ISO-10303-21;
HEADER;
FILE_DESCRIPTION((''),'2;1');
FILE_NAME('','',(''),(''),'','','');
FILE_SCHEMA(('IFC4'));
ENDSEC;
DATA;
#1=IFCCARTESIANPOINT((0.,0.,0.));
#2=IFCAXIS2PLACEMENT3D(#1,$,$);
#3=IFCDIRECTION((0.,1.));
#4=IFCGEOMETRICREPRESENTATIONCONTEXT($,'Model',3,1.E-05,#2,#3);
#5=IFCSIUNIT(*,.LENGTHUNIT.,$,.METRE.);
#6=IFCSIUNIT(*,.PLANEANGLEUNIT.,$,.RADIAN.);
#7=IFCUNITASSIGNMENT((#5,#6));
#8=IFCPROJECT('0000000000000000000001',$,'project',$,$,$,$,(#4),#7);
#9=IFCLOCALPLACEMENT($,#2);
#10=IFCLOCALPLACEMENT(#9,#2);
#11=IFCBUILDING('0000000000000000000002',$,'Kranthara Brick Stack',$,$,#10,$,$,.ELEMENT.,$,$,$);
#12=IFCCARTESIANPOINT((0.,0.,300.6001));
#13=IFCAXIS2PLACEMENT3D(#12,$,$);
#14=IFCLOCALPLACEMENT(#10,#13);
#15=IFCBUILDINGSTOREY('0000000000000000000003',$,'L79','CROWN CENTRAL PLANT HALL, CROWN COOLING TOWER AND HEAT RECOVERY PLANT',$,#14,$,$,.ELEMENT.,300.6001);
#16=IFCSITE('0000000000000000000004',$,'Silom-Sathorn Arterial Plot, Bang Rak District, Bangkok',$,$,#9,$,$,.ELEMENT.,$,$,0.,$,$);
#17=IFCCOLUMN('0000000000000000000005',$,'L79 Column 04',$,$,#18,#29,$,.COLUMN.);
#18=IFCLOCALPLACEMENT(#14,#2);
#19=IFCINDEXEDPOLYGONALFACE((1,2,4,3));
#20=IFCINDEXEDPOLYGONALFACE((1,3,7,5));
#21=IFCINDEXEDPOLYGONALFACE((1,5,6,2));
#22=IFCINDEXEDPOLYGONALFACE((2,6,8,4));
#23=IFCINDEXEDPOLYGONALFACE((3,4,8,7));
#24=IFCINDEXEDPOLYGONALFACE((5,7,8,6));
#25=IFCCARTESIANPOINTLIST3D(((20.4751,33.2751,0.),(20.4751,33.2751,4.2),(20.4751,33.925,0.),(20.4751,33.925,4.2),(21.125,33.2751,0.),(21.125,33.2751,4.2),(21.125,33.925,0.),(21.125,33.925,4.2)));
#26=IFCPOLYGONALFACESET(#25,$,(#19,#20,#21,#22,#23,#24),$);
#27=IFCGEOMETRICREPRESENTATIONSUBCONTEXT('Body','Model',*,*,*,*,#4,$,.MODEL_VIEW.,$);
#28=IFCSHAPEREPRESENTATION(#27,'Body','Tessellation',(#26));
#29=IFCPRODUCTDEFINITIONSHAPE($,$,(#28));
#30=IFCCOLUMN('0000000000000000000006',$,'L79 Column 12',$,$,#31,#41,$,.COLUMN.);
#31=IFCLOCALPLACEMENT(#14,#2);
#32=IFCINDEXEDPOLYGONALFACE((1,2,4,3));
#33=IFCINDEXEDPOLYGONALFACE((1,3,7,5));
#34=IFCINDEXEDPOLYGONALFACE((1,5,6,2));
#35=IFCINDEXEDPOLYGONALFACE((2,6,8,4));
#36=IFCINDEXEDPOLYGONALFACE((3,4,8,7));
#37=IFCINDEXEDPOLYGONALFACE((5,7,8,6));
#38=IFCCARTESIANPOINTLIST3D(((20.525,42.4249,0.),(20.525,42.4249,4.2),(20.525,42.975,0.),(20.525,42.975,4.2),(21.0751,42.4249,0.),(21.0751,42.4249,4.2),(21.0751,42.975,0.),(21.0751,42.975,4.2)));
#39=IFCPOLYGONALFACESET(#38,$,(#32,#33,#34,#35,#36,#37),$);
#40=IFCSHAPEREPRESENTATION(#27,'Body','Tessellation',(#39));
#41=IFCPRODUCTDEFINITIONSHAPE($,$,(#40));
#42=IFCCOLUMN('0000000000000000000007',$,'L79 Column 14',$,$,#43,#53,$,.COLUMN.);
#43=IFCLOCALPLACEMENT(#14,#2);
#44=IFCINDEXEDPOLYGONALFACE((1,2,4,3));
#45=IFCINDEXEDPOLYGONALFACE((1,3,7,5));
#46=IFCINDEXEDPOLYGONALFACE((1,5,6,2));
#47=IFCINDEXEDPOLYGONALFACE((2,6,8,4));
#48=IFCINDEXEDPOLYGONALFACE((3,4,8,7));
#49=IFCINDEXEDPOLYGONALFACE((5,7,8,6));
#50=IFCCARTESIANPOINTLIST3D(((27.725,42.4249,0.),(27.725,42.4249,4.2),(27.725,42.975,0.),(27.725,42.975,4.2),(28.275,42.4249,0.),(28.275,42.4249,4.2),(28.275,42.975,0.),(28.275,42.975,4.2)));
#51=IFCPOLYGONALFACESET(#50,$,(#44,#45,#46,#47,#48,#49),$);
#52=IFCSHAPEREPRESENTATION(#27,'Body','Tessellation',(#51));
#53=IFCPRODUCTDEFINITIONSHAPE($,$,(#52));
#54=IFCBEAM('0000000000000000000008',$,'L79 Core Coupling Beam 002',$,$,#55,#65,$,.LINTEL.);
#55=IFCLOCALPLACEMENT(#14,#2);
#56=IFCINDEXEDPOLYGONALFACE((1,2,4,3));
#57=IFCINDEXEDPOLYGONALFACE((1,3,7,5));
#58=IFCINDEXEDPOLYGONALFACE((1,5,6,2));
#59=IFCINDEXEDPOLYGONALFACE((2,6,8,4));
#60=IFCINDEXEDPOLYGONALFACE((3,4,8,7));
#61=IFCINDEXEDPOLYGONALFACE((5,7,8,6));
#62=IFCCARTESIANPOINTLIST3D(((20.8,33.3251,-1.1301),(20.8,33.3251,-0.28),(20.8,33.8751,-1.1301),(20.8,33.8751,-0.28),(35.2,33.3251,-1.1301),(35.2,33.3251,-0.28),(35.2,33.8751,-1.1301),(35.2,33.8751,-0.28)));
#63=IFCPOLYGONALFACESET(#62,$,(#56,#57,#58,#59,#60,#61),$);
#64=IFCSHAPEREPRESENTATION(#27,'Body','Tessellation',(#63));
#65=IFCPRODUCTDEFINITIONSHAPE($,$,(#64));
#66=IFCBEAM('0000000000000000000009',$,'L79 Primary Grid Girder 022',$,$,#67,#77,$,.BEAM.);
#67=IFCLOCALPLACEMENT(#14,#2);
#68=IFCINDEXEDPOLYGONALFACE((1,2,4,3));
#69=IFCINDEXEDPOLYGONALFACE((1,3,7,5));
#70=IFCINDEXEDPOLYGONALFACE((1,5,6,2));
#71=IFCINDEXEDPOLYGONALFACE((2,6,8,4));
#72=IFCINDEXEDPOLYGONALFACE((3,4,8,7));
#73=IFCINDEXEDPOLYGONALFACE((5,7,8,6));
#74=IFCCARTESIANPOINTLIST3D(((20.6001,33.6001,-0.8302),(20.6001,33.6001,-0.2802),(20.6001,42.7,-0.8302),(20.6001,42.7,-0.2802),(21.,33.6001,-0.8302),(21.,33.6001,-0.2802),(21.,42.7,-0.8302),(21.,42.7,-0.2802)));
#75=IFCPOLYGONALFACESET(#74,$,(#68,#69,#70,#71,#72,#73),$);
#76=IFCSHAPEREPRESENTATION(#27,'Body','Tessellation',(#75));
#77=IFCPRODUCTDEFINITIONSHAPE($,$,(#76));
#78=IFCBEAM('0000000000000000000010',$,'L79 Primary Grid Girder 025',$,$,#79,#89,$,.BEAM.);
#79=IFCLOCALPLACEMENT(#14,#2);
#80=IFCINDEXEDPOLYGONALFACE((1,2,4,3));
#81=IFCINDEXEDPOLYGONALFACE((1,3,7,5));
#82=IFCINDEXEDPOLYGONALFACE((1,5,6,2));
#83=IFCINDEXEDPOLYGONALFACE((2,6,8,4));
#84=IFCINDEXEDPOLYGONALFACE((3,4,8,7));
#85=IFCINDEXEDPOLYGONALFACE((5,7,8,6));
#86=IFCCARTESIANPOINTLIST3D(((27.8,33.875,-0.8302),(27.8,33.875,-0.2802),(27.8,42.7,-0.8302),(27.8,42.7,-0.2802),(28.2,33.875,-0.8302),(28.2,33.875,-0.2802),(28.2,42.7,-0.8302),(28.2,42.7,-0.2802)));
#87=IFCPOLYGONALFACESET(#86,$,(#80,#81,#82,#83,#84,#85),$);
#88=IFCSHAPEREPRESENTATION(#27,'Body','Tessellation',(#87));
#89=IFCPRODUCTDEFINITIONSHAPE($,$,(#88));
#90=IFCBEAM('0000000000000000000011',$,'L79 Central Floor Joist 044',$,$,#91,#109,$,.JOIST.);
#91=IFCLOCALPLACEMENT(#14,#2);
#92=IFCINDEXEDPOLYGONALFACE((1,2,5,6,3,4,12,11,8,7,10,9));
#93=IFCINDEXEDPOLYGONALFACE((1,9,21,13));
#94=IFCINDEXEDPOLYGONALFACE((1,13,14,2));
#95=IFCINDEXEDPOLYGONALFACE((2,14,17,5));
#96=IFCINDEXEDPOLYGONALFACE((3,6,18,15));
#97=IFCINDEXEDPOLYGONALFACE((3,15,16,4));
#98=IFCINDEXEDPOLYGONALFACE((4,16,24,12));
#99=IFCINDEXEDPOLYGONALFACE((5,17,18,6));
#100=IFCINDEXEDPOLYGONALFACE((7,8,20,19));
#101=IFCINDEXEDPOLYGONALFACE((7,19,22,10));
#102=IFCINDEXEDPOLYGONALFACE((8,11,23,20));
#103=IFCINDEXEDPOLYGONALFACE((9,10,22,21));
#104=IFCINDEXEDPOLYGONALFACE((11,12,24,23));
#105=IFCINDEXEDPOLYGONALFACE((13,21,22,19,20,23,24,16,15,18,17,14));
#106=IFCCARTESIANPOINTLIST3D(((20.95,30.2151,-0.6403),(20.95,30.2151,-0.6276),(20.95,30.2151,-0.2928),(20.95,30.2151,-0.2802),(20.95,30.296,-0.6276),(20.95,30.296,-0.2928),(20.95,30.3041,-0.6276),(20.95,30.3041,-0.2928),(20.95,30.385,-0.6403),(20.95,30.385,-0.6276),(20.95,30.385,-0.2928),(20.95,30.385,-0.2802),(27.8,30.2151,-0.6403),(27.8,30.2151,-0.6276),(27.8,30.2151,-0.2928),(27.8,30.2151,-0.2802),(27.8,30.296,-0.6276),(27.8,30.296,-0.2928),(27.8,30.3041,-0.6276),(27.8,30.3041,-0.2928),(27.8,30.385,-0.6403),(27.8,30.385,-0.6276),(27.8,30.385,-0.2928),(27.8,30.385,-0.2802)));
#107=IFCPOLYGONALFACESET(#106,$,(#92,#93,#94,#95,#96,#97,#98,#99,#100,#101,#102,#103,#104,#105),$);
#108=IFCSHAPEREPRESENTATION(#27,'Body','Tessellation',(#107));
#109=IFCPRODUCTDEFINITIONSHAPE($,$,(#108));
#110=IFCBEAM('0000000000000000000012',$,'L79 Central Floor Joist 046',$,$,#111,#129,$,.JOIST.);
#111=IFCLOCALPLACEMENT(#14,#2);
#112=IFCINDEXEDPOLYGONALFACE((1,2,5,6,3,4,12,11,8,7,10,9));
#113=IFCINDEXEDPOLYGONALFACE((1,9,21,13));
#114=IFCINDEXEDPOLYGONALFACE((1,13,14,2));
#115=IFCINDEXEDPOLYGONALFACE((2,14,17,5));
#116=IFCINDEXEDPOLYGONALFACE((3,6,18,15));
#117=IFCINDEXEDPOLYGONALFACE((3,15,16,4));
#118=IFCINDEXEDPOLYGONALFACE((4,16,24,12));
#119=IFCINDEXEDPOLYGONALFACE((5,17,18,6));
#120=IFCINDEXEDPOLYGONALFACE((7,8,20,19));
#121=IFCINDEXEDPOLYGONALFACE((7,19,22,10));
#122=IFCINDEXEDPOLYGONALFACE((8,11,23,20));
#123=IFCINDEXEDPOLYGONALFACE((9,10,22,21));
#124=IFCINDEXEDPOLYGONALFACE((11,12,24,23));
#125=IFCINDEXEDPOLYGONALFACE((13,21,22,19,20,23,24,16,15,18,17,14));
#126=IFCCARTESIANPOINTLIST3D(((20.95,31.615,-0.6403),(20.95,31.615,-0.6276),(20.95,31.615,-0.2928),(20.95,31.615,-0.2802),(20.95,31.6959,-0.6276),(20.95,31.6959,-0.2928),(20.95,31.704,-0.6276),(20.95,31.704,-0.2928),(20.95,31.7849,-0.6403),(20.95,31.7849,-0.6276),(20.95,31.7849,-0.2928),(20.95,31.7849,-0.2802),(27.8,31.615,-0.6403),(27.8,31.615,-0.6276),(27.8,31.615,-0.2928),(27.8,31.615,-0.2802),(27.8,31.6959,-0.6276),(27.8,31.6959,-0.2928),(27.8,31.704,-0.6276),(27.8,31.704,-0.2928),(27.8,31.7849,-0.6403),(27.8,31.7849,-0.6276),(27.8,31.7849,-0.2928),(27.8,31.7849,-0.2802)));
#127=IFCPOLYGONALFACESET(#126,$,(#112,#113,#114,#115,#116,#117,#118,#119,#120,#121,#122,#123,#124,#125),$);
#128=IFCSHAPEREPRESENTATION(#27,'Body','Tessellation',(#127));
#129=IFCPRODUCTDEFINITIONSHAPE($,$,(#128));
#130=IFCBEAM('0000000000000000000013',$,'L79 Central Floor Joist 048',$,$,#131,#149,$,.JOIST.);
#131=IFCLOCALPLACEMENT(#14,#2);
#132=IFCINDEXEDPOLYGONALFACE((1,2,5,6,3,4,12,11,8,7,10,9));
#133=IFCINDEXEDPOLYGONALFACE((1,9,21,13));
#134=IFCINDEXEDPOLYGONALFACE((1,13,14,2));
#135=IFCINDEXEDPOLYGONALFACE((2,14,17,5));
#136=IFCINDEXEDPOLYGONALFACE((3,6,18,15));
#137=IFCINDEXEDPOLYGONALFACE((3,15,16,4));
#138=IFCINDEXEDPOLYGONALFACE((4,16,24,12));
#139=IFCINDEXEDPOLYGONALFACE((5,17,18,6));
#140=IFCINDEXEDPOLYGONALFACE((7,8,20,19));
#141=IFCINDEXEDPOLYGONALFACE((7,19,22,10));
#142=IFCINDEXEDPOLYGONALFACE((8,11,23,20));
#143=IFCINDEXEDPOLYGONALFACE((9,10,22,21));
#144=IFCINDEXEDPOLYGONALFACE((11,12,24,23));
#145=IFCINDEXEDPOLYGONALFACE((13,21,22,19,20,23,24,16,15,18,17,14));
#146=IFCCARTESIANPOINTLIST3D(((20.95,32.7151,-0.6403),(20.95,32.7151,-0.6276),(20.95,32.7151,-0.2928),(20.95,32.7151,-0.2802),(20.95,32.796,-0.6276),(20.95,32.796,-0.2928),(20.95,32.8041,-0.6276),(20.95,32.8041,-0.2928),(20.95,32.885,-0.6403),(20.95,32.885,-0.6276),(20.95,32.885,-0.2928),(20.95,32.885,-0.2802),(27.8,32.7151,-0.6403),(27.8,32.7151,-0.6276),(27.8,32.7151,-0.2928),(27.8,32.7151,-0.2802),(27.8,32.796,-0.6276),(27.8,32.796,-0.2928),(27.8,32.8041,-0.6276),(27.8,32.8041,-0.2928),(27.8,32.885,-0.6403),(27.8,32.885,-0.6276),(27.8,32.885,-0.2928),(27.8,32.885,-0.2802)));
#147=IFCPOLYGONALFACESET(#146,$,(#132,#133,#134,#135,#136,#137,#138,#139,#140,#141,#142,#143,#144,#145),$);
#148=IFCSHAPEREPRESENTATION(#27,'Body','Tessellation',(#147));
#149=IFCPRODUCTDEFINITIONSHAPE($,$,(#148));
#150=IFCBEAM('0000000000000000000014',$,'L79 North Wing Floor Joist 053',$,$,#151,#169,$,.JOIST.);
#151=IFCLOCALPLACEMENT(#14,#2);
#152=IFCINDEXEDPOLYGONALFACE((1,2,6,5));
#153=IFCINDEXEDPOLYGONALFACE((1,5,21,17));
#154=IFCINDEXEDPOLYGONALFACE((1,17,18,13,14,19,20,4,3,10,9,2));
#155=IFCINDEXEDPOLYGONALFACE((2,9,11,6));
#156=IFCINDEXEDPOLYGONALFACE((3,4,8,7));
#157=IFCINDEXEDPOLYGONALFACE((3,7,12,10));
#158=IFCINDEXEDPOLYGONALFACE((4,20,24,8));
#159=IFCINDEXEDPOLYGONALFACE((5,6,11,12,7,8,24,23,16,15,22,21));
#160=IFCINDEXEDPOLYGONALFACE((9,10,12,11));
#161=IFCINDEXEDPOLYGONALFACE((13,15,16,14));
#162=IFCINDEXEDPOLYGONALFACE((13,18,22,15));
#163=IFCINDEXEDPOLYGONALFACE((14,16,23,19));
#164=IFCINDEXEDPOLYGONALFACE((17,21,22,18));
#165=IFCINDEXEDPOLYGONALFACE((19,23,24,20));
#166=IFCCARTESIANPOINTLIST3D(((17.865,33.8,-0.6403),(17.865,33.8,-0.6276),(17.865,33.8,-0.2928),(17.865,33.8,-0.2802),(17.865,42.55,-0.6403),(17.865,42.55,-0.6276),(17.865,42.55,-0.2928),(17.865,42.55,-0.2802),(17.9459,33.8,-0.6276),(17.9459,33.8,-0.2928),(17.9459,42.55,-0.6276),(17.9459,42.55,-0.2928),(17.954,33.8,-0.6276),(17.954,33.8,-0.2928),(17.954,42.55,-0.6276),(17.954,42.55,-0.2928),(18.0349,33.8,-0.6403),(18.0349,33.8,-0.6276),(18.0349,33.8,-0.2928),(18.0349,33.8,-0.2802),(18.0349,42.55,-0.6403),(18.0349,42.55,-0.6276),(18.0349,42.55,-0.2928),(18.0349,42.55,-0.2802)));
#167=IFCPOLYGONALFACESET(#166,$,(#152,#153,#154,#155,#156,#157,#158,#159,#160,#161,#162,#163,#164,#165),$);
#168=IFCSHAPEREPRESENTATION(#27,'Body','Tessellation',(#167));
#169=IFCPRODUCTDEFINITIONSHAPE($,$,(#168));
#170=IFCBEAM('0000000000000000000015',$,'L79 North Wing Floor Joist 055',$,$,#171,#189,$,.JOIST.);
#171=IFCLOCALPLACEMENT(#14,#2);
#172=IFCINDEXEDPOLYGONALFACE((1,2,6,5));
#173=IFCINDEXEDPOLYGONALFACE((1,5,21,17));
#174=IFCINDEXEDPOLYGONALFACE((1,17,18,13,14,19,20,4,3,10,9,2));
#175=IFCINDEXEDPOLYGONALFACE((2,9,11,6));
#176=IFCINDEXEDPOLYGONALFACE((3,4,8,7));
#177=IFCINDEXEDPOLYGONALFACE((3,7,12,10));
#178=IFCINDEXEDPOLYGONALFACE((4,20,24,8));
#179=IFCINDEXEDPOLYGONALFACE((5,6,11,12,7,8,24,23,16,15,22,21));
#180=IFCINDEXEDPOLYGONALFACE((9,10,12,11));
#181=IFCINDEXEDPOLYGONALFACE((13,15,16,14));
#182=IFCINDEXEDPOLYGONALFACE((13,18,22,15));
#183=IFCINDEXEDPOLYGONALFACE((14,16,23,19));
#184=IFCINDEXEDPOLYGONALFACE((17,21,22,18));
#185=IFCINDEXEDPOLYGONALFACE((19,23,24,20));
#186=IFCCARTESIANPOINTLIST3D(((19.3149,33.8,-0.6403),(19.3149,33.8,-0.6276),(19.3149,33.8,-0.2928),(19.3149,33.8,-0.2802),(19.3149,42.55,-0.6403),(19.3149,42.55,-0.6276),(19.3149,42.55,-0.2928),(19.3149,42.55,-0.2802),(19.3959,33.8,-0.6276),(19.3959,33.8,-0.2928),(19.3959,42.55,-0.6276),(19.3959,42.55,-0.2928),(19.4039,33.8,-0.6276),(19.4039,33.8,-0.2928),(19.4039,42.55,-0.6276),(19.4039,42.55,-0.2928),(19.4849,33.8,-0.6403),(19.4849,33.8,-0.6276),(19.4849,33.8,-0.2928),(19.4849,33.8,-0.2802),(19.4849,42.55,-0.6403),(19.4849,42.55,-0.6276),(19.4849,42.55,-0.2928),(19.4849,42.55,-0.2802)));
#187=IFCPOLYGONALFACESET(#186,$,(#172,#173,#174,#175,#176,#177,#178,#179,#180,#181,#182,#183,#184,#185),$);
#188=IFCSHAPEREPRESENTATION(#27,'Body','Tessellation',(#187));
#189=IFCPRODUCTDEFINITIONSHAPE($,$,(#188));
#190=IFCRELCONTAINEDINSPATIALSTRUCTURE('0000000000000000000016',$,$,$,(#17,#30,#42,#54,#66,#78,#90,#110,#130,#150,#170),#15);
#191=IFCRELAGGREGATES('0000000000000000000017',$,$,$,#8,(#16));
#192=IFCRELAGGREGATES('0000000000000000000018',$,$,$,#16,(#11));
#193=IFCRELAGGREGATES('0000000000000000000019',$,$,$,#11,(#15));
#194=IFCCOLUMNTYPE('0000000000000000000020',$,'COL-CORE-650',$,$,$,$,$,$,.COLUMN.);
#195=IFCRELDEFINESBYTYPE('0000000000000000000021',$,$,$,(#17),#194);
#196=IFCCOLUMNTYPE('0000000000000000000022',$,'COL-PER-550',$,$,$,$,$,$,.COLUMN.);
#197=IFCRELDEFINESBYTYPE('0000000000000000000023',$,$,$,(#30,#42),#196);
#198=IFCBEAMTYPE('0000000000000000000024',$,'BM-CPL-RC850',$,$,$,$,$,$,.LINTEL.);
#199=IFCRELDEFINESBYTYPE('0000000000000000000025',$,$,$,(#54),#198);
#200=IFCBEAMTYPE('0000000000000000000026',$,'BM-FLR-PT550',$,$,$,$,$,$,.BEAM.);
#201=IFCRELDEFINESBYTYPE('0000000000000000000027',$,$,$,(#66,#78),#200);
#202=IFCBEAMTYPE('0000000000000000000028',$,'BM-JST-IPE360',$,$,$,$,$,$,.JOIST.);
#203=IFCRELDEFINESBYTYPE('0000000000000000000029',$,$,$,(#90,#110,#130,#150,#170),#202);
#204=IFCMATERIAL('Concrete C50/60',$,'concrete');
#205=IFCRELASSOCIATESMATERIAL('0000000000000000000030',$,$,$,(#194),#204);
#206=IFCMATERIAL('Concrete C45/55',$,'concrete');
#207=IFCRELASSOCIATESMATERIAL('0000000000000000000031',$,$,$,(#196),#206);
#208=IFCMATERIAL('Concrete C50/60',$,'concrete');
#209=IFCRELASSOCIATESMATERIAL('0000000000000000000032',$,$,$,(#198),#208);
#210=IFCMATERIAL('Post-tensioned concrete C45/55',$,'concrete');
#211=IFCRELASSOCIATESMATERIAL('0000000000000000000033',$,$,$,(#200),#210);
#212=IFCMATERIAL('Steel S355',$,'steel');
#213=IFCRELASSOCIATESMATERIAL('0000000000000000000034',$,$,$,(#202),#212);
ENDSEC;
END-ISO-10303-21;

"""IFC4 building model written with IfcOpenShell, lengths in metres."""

from ifc_helpers import new_model, si_unit, direction, frame, origin, origin_2d, place, context, subcontext, project, spatial, rectangle, i_section, extrude, material, material_profile, profile_set, type_object, element, save


model = new_model("IFC4")

# Units and contexts
model_context = context("Model", 3, precision=1e-05, world=origin(), true_north=direction((0.0, 1.0)))
body_context = subcontext(model_context, "Body", "Model", "MODEL_VIEW")
ifc_project = project(units=[si_unit("LENGTHUNIT", "METRE"), si_unit("PLANEANGLEUNIT", "RADIAN")], contexts=[model_context])

# Site, building, storey
site_placement = place(None, origin())
site = spatial("IfcSite", under=ifc_project, at=site_placement, Name="Silom-Sathorn Arterial Plot, Bang Rak District, Bangkok", CompositionType="ELEMENT", RefElevation=0.0)
building_placement = place(site_placement, origin())
building = spatial("IfcBuilding", under=site, at=building_placement, Name="Kranthara Brick Stack", CompositionType="ELEMENT")
storey_placement = place(building_placement, frame((0.0, 0.0, 300.6001)))
storey = spatial("IfcBuildingStorey", under=building, at=storey_placement, Name="L79", Description="CROWN CENTRAL PLANT HALL, CROWN COOLING TOWER AND HEAT RECOVERY PLANT", CompositionType="ELEMENT", Elevation=300.6001)

# Columns
ifc_material_1 = material(Name="Concrete C50/60", Category="concrete")
ifc_material_profile_1 = material_profile(ifc_material_1, rectangle(XDim=0.6499, YDim=0.6499, at=origin_2d()), Name="RC 650x650")
ifc_profile_set_1 = profile_set([ifc_material_profile_1], Name="Concrete C50/60")
column_type_1 = type_object("IfcColumnType", Name="COL-CORE-650", PredefinedType="COLUMN", material=ifc_profile_set_1)
column_placement = place(storey_placement, frame((20.8, 33.6001, 0.0), z_axis=(0.0, 0.0, 1.0), x_axis=(1.0, 0.0, 0.0)))
element("IfcColumn", 1, at=column_placement, inside=storey, type_object=column_type_1, Name="L79 Column 04", PredefinedType="COLUMN", context=body_context, shape_type="SweptSolid", body=[
    extrude(rectangle(XDim=0.6499, YDim=0.6499, at=origin_2d()), origin(), (0.0, 0.0, 1.0), 4.2),
])
ifc_material_2 = material(Name="Concrete C45/55", Category="concrete")
ifc_material_profile_2 = material_profile(ifc_material_2, rectangle(XDim=0.55, YDim=0.55, at=origin_2d()), Name="RC 550x550")
ifc_profile_set_2 = profile_set([ifc_material_profile_2], Name="Concrete C45/55")
column_type_2 = type_object("IfcColumnType", Name="COL-PER-550", PredefinedType="COLUMN", material=ifc_profile_set_2)
for number, where, z_axis, x_axis, name in (
    (2, (20.8, 42.7, 0.0), (0.0, 0.0, 1.0), (1.0, 0.0, 0.0), "L79 Column 12"),
    (3, (28.0, 42.7, 0.0), (0.0, 0.0, 1.0), (1.0, 0.0, 0.0), "L79 Column 14"),
):
    element("IfcColumn", number, at=place(storey_placement, frame(where, z_axis=z_axis, x_axis=x_axis)), inside=storey, type_object=column_type_2, Name=name, PredefinedType="COLUMN", context=body_context, shape_type="SweptSolid", body=[
        extrude(rectangle(XDim=0.55, YDim=0.55, at=origin_2d()), origin(), (0.0, 0.0, 1.0), 4.2),
    ])

# Beams
ifc_material_3 = material(Name="Concrete C50/60", Category="concrete")
ifc_material_profile_3 = material_profile(ifc_material_3, rectangle(XDim=0.55, YDim=0.8501, at=origin_2d()), Name="RC 550x850")
ifc_profile_set_3 = profile_set([ifc_material_profile_3], Name="Concrete C50/60")
beam_type_1 = type_object("IfcBeamType", Name="BM-CPL-RC850", PredefinedType="LINTEL", material=ifc_profile_set_3)
beam_1_placement = place(storey_placement, frame((20.8, 33.6001, -0.7051), z_axis=(1.0, 0.0, 0.0), x_axis=(0.0, 1.0, 0.0)))
element("IfcBeam", 4, at=beam_1_placement, inside=storey, type_object=beam_type_1, Name="L79 Core Coupling Beam 002", PredefinedType="LINTEL", context=body_context, shape_type="SweptSolid", body=[
    extrude(rectangle(XDim=0.55, YDim=0.8501, at=origin_2d()), origin(), (0.0, 0.0, 1.0), 14.3999),
])
ifc_material_4 = material(Name="Post-tensioned concrete C45/55", Category="concrete")
ifc_material_profile_4 = material_profile(ifc_material_4, rectangle(XDim=0.3999, YDim=0.55, at=origin_2d()), Name="PT 400x550")
ifc_profile_set_4 = profile_set([ifc_material_profile_4], Name="Post-tensioned concrete C45/55")
beam_type_2 = type_object("IfcBeamType", Name="BM-FLR-PT550", PredefinedType="BEAM", material=ifc_profile_set_4)
beam_2_placement = place(storey_placement, frame((20.8, 33.6001, -0.5552), z_axis=(0.0, 1.0, 0.0), x_axis=(-1.0, 0.0, 0.0)))
element("IfcBeam", 5, at=beam_2_placement, inside=storey, type_object=beam_type_2, Name="L79 Primary Grid Girder 022", PredefinedType="BEAM", context=body_context, shape_type="SweptSolid", body=[
    extrude(rectangle(XDim=0.3999, YDim=0.55, at=origin_2d()), origin(), (0.0, 0.0, 1.0), 9.0999),
])
beam_3_placement = place(storey_placement, frame((28.0, 33.875, -0.5552), z_axis=(0.0, 1.0, 0.0), x_axis=(-1.0, 0.0, 0.0)))
element("IfcBeam", 6, at=beam_3_placement, inside=storey, type_object=beam_type_2, Name="L79 Primary Grid Girder 025", PredefinedType="BEAM", context=body_context, shape_type="SweptSolid", body=[
    extrude(rectangle(XDim=0.3999, YDim=0.55, at=origin_2d()), origin(), (0.0, 0.0, 1.0), 8.825),
])
ifc_material_5 = material(Name="Steel S355", Category="steel")
ifc_material_profile_5 = material_profile(ifc_material_5, i_section(OverallWidth=0.1699, OverallDepth=0.3601, WebThickness=0.0081, FlangeThickness=0.0127, at=origin_2d()), Name="IPE 360")
ifc_profile_set_5 = profile_set([ifc_material_profile_5], Name="Steel S355")
beam_type_3 = type_object("IfcBeamType", Name="BM-JST-IPE360", PredefinedType="JOIST", material=ifc_profile_set_5)
for number, where, z_axis, x_axis, name in (
    (7, (20.95, 30.3, -0.4602), (1.0, 0.0, 0.0), (0.0, 1.0, 0.0), "L79 Central Floor Joist 044"),
    (8, (20.95, 31.7, -0.4602), (1.0, 0.0, 0.0), (0.0, 1.0, 0.0), "L79 Central Floor Joist 046"),
    (9, (20.95, 32.8, -0.4602), (1.0, 0.0, 0.0), (0.0, 1.0, 0.0), "L79 Central Floor Joist 048"),
):
    element("IfcBeam", number, at=place(storey_placement, frame(where, z_axis=z_axis, x_axis=x_axis)), inside=storey, type_object=beam_type_3, Name=name, PredefinedType="JOIST", context=body_context, shape_type="SweptSolid", body=[
        extrude(i_section(OverallWidth=0.1699, OverallDepth=0.3601, WebThickness=0.0081, FlangeThickness=0.0127, at=origin_2d()), origin(), (0.0, 0.0, 1.0), 6.8501),
    ])
for number, where, z_axis, x_axis, name in (
    (10, (17.95, 33.8, -0.4602), (0.0, 1.0, 0.0), (-1.0, 0.0, 0.0), "L79 North Wing Floor Joist 053"),
    (11, (19.3999, 33.8, -0.4602), (0.0, 1.0, 0.0), (-1.0, 0.0, 0.0), "L79 North Wing Floor Joist 055"),
):
    element("IfcBeam", number, at=place(storey_placement, frame(where, z_axis=z_axis, x_axis=x_axis)), inside=storey, type_object=beam_type_3, Name=name, PredefinedType="JOIST", context=body_context, shape_type="SweptSolid", body=[
        extrude(i_section(OverallWidth=0.1699, OverallDepth=0.3601, WebThickness=0.0081, FlangeThickness=0.0127, at=origin_2d()), origin(), (0.0, 0.0, 1.0), 8.75),
    ])

save(model, "model.ifc")
